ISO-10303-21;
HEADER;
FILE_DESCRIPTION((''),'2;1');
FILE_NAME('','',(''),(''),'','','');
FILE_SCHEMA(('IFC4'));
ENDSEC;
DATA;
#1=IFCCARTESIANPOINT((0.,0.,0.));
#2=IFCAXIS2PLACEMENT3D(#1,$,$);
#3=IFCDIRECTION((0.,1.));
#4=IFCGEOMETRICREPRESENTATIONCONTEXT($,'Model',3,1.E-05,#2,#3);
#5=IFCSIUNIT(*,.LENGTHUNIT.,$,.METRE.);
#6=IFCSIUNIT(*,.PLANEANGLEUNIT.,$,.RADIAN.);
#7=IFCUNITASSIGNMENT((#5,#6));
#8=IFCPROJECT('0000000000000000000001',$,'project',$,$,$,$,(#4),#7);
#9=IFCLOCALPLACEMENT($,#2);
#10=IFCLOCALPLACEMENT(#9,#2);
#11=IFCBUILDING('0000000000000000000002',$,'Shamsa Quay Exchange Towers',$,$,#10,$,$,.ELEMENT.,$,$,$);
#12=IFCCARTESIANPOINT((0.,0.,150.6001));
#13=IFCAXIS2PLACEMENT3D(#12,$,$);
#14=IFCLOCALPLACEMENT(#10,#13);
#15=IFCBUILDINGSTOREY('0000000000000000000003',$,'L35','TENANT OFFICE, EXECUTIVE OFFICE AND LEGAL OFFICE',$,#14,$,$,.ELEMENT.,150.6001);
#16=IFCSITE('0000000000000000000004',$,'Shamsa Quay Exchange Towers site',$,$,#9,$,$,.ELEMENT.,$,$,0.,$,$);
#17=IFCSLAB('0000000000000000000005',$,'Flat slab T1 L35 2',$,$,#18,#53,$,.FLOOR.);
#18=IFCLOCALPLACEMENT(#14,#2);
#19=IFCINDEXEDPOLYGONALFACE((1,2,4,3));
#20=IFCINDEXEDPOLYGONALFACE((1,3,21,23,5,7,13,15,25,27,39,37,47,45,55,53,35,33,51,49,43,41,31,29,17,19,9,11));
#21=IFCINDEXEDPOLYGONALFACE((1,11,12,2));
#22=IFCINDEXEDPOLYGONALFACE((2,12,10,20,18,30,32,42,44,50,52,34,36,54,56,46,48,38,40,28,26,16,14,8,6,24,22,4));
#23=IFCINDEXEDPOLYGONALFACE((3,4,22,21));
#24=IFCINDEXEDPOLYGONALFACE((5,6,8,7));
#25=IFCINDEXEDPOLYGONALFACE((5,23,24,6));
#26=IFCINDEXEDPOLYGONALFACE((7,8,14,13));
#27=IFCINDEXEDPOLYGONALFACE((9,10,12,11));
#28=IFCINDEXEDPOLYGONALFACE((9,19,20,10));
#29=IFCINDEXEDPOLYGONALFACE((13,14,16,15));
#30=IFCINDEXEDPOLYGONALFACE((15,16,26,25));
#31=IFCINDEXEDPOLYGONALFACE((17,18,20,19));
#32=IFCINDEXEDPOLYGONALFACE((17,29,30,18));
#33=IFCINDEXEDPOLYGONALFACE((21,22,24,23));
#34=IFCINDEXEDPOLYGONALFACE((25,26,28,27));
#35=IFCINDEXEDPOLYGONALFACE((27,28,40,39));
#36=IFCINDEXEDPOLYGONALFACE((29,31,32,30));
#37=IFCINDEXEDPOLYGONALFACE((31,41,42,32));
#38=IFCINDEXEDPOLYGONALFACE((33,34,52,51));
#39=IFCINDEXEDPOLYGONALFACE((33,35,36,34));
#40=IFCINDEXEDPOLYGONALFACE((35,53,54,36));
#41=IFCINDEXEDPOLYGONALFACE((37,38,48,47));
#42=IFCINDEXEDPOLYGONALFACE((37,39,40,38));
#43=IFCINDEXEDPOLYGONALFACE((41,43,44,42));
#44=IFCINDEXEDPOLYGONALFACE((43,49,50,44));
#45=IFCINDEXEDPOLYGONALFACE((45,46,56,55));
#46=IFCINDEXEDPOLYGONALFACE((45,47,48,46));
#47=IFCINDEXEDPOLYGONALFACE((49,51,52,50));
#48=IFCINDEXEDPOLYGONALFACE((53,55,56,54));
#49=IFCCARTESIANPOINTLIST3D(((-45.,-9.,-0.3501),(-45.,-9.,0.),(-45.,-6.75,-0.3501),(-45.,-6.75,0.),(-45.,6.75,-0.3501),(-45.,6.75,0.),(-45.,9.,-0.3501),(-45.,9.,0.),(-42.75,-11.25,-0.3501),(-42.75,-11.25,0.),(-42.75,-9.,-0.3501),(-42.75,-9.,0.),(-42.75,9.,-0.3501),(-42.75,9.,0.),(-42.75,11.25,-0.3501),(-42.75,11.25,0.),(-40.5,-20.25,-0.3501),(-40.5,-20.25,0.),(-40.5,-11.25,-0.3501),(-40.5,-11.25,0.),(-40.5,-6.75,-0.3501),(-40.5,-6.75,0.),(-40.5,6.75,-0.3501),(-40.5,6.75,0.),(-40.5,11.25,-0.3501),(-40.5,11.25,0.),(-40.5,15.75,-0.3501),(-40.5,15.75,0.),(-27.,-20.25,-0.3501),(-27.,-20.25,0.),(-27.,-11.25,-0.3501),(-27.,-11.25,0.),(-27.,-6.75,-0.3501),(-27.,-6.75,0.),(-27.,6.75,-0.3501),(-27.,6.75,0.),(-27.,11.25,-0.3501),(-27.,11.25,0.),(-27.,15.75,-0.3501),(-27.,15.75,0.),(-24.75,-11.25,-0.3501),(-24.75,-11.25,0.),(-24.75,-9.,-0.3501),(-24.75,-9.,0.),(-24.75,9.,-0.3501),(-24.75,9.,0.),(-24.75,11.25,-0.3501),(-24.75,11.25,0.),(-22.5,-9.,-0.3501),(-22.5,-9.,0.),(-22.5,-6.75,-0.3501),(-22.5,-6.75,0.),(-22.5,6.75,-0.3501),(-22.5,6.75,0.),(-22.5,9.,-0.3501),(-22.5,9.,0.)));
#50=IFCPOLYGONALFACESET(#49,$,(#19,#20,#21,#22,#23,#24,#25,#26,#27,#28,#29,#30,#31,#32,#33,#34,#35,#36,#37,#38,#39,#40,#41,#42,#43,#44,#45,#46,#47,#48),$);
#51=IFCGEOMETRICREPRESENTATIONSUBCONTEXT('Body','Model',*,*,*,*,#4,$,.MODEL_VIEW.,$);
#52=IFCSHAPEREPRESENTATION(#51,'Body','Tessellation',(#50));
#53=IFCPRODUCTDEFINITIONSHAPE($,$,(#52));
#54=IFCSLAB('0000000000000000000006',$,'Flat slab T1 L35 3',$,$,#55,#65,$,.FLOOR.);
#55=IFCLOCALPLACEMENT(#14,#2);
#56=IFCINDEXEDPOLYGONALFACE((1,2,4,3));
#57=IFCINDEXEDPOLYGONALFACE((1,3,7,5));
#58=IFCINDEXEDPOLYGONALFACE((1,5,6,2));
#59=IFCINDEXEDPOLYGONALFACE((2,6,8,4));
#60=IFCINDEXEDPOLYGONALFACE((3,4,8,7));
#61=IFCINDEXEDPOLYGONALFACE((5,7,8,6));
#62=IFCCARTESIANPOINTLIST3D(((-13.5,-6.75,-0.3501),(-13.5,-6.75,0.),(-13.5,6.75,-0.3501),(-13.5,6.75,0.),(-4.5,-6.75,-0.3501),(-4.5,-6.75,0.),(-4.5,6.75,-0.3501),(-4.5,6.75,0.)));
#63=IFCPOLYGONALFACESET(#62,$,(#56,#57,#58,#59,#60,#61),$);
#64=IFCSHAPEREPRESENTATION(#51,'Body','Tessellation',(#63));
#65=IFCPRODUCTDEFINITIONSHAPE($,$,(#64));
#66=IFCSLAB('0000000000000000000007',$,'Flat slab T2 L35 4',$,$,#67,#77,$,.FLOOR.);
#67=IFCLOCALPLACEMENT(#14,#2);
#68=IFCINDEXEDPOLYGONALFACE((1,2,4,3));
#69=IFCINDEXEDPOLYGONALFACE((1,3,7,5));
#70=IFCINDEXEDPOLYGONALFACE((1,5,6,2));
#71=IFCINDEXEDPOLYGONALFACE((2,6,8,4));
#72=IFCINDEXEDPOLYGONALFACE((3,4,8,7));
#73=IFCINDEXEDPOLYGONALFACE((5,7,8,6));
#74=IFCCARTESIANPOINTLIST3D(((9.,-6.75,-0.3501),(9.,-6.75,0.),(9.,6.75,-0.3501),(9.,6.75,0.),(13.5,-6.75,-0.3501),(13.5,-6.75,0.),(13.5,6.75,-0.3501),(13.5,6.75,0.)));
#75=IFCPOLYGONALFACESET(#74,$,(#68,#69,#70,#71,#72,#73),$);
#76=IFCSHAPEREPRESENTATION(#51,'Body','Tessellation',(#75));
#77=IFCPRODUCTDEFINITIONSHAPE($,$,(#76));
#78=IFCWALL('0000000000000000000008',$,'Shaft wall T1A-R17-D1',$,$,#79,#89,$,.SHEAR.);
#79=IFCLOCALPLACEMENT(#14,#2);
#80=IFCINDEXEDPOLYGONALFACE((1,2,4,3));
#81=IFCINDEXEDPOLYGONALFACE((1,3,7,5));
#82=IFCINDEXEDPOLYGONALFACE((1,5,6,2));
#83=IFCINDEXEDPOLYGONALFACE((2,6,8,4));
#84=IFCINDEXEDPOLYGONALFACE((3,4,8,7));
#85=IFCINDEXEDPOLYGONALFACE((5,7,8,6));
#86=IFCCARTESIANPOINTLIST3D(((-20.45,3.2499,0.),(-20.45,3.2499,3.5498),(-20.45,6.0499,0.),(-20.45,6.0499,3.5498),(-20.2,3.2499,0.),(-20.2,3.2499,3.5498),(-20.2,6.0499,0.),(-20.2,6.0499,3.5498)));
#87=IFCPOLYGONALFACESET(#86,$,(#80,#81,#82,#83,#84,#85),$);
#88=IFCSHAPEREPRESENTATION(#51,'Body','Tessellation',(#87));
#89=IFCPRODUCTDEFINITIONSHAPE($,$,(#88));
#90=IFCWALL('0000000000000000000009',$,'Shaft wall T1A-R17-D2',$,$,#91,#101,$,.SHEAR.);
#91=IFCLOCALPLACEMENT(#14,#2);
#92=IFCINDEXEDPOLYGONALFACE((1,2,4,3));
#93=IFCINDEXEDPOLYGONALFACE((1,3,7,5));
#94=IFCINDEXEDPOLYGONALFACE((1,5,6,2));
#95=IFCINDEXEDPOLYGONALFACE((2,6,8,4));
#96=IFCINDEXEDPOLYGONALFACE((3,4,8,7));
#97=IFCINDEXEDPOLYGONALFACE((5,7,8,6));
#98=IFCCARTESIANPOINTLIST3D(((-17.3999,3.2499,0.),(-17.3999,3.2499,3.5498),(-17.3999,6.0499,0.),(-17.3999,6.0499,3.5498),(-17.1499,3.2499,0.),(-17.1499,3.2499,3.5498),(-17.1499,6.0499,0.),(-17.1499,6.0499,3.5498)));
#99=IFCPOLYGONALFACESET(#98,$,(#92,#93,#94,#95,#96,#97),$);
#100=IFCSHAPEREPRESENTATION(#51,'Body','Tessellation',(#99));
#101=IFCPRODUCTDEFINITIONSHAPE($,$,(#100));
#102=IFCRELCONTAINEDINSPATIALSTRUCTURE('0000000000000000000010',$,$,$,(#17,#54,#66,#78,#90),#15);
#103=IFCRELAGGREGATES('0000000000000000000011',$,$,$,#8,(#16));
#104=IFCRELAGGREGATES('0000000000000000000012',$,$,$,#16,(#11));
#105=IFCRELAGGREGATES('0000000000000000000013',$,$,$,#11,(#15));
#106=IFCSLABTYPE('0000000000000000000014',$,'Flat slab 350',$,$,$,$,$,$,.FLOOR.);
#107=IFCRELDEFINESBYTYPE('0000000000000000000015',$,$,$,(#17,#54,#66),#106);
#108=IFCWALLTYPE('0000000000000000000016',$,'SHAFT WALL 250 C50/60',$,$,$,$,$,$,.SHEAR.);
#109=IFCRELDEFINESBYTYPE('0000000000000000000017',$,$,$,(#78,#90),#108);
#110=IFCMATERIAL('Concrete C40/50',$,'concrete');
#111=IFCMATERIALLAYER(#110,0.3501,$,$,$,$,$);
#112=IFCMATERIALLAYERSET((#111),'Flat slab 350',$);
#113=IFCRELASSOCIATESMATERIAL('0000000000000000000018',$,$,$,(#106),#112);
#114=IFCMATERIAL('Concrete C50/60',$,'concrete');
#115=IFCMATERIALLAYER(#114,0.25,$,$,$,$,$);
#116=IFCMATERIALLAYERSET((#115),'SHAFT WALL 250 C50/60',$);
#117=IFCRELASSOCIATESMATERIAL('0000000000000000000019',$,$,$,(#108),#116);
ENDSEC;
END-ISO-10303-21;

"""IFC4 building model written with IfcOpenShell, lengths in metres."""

from ifc_helpers import new_model, si_unit, direction, frame, frame_2d, origin, place, context, subcontext, project, spatial, polyline, rectangle, outline, extrude, material, layer, layer_set, type_object, element, save


model = new_model("IFC4")

# Units and contexts
model_context = context("Model", 3, precision=1e-05, world=origin(), true_north=direction((0.0, 1.0)))
body_context = subcontext(model_context, "Body", "Model", "MODEL_VIEW")
ifc_project = project(units=[si_unit("LENGTHUNIT", "METRE"), si_unit("PLANEANGLEUNIT", "RADIAN")], contexts=[model_context])

# Site, building, storey
site_placement = place(None, origin())
site = spatial("IfcSite", under=ifc_project, at=site_placement, Name="Shamsa Quay Exchange Towers site", CompositionType="ELEMENT", RefElevation=0.0)
building_placement = place(site_placement, origin())
building = spatial("IfcBuilding", under=site, at=building_placement, Name="Shamsa Quay Exchange Towers", CompositionType="ELEMENT")
storey_placement = place(building_placement, frame((0.0, 0.0, 150.6001)))
storey = spatial("IfcBuildingStorey", under=building, at=storey_placement, Name="L35", Description="TENANT OFFICE, EXECUTIVE OFFICE AND LEGAL OFFICE", CompositionType="ELEMENT", Elevation=150.6001)

# Slabs
ifc_material_1 = material(Name="Concrete C40/50", Category="concrete")
ifc_layer_1 = layer(ifc_material_1, 0.3501)
ifc_layer_set_1 = layer_set([ifc_layer_1], Name="Flat slab 350")
slab_type = type_object("IfcSlabType", Name="Flat slab 350", PredefinedType="FLOOR", material=ifc_layer_set_1)
slab_1_placement = place(storey_placement, frame((0.0, 0.0, -0.3501)))
element("IfcSlab", 1, at=slab_1_placement, inside=storey, type_object=slab_type, Name="Flat slab T1 L35 2", PredefinedType="FLOOR", context=body_context, shape_type="SweptSolid", body=[
    extrude(outline(polyline([(-22.5, -9.0), (-22.5, -6.75), (-27.0, -6.75), (-27.0, 6.75), (-22.5, 6.75), (-22.5, 9.0), (-24.75, 9.0), (-24.75, 11.25), (-27.0, 11.25), (-27.0, 15.75), (-40.5, 15.75), (-40.5, 11.25), (-42.75, 11.25), (-42.75, 9.0), (-45.0, 9.0), (-45.0, 6.75), (-40.5, 6.75), (-40.5, -6.75), (-45.0, -6.75), (-45.0, -9.0), (-42.75, -9.0), (-42.75, -11.25), (-40.5, -11.25), (-40.5, -20.25), (-27.0, -20.25), (-27.0, -11.25), (-24.75, -11.25), (-24.75, -9.0), (-22.5, -9.0)])), origin(), (0.0, 0.0, 1.0), 0.3501),
])
slab_2_placement = place(storey_placement, frame((0.0, 0.0, -0.3501)))
element("IfcSlab", 2, at=slab_2_placement, inside=storey, type_object=slab_type, Name="Flat slab T1 L35 3", PredefinedType="FLOOR", context=body_context, shape_type="SweptSolid", body=[
    extrude(outline(polyline([(-4.5, 6.75), (-13.5, 6.75), (-13.5, -6.75), (-4.5, -6.75), (-4.5, 6.75)])), origin(), (0.0, 0.0, 1.0), 0.3501),
])
slab_3_placement = place(storey_placement, frame((0.0, 0.0, -0.3501)))
element("IfcSlab", 3, at=slab_3_placement, inside=storey, type_object=slab_type, Name="Flat slab T2 L35 4", PredefinedType="FLOOR", context=body_context, shape_type="SweptSolid", body=[
    extrude(outline(polyline([(9.0, -6.75), (13.5, -6.75), (13.5, 6.75), (9.0, 6.75), (9.0, -6.75)])), origin(), (0.0, 0.0, 1.0), 0.3501),
])

# Walls
ifc_material_2 = material(Name="Concrete C50/60", Category="concrete")
ifc_layer_2 = layer(ifc_material_2, 0.25)
ifc_layer_set_2 = layer_set([ifc_layer_2], Name="SHAFT WALL 250 C50/60")
wall_type_1 = type_object("IfcWallType", Name="SHAFT WALL 250 C50/60", PredefinedType="SHEAR", material=ifc_layer_set_2)
for number, where, z_axis, x_axis, name in (
    (4, (-20.325, 3.25, 0.0), (0.0, 0.0, 1.0), (0.0, 1.0, 0.0), "Shaft wall T1A-R17-D1"),
    (5, (-17.2749, 3.25, 0.0), (0.0, 0.0, 1.0), (0.0, 1.0, 0.0), "Shaft wall T1A-R17-D2"),
):
    element("IfcWall", number, at=place(storey_placement, frame(where, z_axis=z_axis, x_axis=x_axis)), inside=storey, type_object=wall_type_1, Name=name, PredefinedType="SHEAR", context=body_context, shape_type="SweptSolid", body=[
        extrude(rectangle(XDim=2.8, YDim=0.25, at=frame_2d((1.3999, 0.0))), origin(), (0.0, 0.0, 1.0), 3.5498),
    ])

save(model, "model.ifc")
